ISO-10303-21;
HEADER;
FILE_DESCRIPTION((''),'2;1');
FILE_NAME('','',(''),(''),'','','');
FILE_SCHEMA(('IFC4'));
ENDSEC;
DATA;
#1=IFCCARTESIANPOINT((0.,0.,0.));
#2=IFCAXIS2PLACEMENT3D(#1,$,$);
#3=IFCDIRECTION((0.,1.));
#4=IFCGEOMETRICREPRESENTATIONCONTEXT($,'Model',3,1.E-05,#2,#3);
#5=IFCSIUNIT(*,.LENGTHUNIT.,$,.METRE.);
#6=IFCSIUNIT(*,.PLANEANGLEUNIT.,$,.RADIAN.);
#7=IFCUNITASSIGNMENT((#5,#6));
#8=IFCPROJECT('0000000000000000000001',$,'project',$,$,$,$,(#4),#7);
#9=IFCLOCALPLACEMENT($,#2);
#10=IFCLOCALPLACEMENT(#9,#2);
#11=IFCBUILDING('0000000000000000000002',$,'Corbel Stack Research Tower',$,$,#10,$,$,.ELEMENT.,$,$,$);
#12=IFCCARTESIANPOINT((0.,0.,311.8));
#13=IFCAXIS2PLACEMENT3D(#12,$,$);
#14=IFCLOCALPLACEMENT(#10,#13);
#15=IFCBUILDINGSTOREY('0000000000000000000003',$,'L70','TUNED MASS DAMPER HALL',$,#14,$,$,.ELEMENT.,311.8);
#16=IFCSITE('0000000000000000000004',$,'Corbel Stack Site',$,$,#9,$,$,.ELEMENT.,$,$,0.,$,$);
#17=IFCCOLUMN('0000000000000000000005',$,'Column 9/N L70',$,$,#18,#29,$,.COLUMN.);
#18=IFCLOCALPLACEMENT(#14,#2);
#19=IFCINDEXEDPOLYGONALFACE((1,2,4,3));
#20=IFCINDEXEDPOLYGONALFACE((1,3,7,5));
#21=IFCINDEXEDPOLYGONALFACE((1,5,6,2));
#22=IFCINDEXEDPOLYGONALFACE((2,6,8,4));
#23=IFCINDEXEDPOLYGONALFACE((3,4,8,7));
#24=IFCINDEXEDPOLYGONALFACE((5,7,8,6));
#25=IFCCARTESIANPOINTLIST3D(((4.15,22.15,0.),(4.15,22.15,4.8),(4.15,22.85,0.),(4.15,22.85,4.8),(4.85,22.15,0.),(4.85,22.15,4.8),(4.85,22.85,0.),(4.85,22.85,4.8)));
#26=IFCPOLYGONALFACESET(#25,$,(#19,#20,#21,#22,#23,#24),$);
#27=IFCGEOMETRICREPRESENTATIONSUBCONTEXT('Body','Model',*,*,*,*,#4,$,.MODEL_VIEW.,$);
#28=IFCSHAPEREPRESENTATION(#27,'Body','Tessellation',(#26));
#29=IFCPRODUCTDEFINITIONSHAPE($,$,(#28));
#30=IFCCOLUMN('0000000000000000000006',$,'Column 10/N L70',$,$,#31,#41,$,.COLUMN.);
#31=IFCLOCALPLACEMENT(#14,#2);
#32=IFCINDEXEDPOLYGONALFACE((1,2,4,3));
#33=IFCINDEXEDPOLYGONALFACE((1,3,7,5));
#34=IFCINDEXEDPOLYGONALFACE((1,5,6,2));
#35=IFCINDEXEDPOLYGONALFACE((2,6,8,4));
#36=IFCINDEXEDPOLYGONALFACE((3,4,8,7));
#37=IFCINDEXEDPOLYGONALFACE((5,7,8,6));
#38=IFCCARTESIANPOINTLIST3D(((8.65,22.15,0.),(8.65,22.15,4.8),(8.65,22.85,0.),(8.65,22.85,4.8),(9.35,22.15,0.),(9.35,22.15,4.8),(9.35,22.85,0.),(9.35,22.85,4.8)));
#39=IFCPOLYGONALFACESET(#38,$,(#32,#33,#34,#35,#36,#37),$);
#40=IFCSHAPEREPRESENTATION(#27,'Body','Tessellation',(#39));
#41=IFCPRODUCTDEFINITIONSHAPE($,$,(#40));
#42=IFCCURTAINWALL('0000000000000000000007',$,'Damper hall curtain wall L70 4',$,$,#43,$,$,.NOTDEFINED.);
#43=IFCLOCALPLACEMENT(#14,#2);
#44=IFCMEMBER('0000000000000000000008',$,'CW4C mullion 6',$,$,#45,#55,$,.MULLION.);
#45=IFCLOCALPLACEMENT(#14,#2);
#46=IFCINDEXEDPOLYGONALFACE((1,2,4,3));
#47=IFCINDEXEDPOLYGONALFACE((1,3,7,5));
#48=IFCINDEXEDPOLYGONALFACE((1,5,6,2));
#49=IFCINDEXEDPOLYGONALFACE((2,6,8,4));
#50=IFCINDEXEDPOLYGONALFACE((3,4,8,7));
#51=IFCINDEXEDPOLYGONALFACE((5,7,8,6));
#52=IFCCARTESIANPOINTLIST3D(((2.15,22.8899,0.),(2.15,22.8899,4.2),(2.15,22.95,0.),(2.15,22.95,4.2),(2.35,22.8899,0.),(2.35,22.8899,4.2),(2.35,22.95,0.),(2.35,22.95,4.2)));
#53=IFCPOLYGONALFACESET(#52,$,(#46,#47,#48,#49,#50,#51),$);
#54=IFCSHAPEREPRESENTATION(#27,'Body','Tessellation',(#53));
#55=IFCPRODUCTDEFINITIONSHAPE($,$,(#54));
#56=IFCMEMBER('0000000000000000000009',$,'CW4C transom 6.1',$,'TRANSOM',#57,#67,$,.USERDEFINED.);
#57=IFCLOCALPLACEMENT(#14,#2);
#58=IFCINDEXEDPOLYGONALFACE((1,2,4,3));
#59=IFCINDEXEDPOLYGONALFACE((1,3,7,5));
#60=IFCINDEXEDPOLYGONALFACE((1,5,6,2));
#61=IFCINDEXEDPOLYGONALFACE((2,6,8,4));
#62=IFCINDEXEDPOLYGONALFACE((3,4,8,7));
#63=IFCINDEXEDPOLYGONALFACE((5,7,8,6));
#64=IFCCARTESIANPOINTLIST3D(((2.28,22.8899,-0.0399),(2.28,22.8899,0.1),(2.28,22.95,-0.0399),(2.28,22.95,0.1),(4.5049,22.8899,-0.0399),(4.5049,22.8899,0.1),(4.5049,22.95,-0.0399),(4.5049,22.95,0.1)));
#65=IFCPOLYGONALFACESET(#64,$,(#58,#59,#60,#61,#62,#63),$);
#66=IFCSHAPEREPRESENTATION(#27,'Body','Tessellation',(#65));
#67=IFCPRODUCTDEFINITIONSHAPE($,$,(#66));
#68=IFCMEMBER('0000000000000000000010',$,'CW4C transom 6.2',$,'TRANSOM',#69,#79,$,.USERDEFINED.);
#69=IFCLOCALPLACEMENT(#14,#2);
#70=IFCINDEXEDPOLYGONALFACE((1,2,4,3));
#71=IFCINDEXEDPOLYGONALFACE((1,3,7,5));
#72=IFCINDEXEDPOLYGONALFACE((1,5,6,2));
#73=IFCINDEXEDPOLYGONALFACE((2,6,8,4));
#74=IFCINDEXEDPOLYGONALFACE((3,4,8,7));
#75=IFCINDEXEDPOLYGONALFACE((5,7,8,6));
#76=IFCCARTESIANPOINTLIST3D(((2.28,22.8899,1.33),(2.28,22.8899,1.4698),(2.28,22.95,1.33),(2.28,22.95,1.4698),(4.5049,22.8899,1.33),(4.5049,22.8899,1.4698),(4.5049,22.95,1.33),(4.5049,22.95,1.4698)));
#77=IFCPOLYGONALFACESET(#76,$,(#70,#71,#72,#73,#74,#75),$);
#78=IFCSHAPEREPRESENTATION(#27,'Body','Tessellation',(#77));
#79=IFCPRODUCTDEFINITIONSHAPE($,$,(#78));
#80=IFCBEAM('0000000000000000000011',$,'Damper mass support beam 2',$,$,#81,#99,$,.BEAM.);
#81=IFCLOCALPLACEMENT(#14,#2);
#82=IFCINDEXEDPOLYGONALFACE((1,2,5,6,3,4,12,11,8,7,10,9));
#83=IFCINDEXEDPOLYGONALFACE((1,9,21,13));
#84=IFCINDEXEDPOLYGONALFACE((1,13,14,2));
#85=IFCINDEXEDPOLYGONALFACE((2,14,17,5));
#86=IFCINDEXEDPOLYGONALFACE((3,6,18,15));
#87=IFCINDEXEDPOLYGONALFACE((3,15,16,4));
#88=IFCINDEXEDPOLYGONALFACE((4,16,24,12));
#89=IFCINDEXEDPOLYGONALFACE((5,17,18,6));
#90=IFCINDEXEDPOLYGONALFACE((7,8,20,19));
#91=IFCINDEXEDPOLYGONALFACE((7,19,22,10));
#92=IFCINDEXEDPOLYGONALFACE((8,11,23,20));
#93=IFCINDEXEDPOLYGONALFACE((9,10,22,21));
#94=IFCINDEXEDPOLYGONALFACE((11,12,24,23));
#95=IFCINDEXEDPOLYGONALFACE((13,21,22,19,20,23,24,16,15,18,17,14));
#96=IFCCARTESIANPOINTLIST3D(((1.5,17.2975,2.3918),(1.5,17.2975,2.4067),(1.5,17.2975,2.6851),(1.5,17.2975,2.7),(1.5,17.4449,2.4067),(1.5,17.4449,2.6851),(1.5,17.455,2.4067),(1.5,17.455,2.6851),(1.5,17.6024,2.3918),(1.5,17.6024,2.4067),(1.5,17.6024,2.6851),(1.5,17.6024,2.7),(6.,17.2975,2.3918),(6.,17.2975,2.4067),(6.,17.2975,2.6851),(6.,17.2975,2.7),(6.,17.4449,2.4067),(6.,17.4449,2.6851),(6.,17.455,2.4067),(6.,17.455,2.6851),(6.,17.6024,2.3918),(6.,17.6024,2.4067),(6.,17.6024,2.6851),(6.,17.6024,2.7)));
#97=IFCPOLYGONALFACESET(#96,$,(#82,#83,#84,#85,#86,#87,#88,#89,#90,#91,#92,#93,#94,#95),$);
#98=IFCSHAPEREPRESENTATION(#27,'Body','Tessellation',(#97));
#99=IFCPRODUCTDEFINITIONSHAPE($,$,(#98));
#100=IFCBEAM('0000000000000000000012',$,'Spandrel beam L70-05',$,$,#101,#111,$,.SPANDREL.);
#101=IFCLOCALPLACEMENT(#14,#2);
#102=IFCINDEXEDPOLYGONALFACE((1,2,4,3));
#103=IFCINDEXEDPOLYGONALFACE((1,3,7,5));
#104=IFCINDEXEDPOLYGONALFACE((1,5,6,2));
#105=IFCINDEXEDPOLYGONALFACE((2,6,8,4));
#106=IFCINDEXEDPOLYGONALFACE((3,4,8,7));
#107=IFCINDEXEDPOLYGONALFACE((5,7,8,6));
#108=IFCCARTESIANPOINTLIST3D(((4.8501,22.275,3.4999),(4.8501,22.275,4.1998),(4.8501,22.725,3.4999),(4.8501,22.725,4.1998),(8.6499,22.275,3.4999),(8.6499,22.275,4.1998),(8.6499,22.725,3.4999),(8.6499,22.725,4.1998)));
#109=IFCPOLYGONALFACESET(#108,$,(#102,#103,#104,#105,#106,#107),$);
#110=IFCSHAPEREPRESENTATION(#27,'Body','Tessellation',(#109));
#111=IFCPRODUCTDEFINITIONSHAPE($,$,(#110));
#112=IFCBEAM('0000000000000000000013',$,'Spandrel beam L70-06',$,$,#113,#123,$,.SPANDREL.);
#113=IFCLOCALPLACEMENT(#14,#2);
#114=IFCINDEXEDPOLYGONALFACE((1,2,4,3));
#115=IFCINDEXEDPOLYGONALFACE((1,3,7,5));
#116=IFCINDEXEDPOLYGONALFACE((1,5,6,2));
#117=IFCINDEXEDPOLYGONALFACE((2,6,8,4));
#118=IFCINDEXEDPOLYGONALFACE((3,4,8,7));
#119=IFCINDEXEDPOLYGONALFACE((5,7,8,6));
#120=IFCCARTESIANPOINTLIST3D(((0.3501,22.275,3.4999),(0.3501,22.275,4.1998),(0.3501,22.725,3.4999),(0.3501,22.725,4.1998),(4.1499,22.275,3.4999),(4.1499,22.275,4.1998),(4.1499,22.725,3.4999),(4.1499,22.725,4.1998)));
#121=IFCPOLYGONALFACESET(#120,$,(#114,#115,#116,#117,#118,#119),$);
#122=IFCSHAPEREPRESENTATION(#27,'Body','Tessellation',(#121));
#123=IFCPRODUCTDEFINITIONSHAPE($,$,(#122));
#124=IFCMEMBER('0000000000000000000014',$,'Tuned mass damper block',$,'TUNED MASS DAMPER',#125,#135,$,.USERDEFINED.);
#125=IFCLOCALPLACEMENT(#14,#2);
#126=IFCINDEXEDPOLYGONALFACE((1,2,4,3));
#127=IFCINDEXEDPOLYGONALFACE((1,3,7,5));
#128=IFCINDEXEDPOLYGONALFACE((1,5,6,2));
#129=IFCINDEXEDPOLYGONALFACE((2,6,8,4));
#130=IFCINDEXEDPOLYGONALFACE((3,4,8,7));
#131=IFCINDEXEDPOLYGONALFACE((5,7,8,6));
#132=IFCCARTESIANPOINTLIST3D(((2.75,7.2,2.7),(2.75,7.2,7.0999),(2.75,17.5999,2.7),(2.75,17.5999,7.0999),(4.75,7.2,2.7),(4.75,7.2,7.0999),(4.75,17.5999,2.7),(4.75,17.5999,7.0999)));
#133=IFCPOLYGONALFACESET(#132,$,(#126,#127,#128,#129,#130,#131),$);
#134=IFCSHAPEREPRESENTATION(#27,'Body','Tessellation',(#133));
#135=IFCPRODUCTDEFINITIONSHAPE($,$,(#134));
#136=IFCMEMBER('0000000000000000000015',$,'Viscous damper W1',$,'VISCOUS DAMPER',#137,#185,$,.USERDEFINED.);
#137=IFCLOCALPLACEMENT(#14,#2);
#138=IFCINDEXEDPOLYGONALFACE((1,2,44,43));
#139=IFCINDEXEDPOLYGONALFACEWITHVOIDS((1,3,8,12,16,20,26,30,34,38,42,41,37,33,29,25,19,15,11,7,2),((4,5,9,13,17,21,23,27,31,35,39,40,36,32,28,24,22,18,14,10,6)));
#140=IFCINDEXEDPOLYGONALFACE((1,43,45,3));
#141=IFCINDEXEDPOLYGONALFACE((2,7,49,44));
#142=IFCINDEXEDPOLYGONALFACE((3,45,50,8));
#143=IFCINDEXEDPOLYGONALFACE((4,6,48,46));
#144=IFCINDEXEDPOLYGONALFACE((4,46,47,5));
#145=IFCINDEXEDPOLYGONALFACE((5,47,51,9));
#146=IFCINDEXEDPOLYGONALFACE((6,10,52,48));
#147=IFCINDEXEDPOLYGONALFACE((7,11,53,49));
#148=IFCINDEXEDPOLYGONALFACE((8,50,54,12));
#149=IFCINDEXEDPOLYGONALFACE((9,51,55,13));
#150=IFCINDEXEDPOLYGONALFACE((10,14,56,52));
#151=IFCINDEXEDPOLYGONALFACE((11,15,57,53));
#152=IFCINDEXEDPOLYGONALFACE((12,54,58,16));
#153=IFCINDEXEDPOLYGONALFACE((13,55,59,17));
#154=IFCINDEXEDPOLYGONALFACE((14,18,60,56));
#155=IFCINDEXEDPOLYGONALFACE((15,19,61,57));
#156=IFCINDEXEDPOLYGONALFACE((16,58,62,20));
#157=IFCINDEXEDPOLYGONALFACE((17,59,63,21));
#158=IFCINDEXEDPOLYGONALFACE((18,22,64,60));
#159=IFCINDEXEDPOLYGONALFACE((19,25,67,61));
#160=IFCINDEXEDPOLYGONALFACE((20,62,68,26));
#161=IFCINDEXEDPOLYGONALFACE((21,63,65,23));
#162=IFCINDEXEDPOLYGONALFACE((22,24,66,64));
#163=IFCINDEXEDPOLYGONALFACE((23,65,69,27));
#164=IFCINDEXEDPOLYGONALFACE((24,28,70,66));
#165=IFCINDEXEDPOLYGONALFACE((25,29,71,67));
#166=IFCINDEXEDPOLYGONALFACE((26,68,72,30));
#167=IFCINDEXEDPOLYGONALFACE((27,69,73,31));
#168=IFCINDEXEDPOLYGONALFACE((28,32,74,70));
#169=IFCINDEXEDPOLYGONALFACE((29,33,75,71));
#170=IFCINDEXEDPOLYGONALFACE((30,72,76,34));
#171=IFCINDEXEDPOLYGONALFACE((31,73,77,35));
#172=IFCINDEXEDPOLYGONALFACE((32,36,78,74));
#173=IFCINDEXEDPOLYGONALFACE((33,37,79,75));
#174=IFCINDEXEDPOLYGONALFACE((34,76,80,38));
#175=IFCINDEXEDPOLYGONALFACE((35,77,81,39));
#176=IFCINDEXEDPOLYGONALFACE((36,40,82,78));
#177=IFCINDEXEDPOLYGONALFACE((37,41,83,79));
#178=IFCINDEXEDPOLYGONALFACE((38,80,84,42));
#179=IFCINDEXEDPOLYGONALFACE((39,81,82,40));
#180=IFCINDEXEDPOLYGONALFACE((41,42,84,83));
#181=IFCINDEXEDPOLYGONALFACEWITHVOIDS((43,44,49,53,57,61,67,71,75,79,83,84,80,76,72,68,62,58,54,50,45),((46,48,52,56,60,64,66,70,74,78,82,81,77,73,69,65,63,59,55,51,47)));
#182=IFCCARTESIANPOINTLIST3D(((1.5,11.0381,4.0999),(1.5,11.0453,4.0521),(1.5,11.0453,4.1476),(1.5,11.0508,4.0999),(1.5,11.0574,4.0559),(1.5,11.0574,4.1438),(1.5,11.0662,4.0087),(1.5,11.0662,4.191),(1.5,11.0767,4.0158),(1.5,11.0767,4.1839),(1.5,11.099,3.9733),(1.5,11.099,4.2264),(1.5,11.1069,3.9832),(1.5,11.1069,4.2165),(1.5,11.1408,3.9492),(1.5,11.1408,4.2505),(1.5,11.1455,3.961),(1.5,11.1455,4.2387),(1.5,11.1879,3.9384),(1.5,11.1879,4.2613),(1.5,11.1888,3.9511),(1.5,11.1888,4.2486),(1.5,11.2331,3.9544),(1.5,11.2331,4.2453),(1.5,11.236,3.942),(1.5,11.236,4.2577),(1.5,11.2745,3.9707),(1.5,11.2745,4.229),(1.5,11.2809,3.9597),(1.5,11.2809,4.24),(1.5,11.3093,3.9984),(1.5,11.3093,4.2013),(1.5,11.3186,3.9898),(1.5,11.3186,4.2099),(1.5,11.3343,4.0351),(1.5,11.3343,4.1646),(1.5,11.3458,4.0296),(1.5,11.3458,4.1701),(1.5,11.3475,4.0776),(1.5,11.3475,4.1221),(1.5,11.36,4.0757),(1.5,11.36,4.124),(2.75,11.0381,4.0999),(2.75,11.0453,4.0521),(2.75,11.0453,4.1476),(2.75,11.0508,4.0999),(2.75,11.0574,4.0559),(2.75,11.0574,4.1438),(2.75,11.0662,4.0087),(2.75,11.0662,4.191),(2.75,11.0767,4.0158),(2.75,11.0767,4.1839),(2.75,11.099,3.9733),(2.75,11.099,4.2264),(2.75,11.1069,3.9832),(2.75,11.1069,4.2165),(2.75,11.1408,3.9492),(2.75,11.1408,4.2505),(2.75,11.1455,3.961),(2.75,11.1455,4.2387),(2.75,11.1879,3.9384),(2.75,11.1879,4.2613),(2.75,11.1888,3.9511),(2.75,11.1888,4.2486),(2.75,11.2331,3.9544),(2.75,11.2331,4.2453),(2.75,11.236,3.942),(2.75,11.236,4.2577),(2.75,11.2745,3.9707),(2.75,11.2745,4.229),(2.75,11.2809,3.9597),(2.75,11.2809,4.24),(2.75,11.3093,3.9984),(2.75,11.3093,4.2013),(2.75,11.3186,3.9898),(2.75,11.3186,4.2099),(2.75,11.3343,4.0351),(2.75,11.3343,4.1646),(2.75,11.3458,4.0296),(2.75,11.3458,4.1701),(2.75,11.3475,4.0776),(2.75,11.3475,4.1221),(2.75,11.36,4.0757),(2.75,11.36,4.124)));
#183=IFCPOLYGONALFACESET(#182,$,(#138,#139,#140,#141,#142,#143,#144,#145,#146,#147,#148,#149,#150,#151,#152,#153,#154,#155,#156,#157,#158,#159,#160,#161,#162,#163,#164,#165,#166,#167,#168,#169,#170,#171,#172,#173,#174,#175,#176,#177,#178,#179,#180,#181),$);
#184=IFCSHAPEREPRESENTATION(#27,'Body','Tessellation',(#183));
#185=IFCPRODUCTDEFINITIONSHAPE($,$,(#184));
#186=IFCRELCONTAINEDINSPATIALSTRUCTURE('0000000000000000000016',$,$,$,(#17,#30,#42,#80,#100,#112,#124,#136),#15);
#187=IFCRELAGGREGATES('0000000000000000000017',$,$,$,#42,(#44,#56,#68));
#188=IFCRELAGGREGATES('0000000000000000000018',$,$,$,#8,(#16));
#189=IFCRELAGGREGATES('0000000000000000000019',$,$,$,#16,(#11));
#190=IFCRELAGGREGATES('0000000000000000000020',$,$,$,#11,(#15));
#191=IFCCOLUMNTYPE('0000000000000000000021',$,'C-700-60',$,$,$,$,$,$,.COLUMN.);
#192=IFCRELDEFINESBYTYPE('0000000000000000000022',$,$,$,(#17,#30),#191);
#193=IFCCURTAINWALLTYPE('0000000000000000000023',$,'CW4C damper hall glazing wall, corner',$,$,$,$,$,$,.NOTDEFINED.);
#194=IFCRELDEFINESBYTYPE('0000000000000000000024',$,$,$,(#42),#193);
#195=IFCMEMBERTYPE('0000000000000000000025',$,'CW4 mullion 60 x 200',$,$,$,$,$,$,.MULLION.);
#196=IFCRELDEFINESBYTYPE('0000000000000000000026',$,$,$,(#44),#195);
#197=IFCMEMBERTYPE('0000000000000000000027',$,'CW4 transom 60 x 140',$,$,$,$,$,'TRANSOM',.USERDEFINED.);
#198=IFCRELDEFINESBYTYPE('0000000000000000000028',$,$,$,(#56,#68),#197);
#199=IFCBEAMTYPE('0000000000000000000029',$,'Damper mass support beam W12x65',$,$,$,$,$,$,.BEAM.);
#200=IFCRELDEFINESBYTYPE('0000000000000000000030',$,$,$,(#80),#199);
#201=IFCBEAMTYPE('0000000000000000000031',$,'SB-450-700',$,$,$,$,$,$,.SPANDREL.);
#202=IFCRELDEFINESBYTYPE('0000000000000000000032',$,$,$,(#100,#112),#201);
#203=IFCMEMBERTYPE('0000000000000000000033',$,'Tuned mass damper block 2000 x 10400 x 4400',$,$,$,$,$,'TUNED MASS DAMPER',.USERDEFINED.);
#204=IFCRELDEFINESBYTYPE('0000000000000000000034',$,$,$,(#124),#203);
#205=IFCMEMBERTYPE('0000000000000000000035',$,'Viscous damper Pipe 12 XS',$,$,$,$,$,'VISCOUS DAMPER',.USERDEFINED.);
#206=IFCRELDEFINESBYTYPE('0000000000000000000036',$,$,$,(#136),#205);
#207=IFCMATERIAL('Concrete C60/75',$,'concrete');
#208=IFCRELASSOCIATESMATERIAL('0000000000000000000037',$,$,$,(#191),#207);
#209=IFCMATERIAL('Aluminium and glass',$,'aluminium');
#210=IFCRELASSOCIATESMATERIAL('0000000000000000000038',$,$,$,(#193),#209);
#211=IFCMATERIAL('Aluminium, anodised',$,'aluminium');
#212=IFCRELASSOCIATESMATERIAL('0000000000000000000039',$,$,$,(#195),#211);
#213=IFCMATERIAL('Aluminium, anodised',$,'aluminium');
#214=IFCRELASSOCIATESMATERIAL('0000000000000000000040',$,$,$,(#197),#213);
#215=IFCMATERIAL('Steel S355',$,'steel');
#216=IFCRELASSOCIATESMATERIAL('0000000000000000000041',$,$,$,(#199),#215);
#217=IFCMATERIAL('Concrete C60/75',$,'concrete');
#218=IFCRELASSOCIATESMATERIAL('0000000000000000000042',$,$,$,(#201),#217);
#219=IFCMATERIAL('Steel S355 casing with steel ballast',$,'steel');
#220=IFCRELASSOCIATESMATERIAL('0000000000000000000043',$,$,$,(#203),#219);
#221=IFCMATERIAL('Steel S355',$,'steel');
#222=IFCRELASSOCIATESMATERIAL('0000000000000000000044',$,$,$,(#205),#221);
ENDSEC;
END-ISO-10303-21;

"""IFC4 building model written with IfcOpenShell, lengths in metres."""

from ifc_helpers import new_model, si_unit, direction, frame, origin, origin_2d, place, context, subcontext, project, spatial, rectangle, hollow_circle, i_section, extrude, material, material_profile, profile_set, type_object, element, aggregate, save


model = new_model("IFC4")

# Units and contexts
model_context = context("Model", 3, precision=1e-05, world=origin(), true_north=direction((0.0, 1.0)))
body_context = subcontext(model_context, "Body", "Model", "MODEL_VIEW")
ifc_project = project(units=[si_unit("LENGTHUNIT", "METRE"), si_unit("PLANEANGLEUNIT", "RADIAN")], contexts=[model_context])

# Site, building, storey
site_placement = place(None, origin())
site = spatial("IfcSite", under=ifc_project, at=site_placement, Name="Corbel Stack Site", CompositionType="ELEMENT", RefElevation=0.0)
building_placement = place(site_placement, origin())
building = spatial("IfcBuilding", under=site, at=building_placement, Name="Corbel Stack Research Tower", CompositionType="ELEMENT")
storey_placement = place(building_placement, frame((0.0, 0.0, 311.8)))
storey = spatial("IfcBuildingStorey", under=building, at=storey_placement, Name="L70", Description="TUNED MASS DAMPER HALL", CompositionType="ELEMENT", Elevation=311.8)

# Columns
ifc_material_1 = material(Name="Concrete C60/75", Category="concrete")
ifc_material_profile_1 = material_profile(ifc_material_1, rectangle(XDim=0.7, YDim=0.7, at=origin_2d()), Name="RC 700 x 700")
ifc_profile_set_1 = profile_set([ifc_material_profile_1], Name="Concrete C60/75")
column_type = type_object("IfcColumnType", Name="C-700-60", PredefinedType="COLUMN", material=ifc_profile_set_1)
for number, where, z_axis, x_axis, name in (
    (1, (4.5, 22.5, 0.0), (0.0, 0.0, 1.0), (1.0, 0.0, 0.0), "Column 9/N L70"),
    (2, (9.0, 22.5, 0.0), (0.0, 0.0, 1.0), (1.0, 0.0, 0.0), "Column 10/N L70"),
):
    element("IfcColumn", number, at=place(storey_placement, frame(where, z_axis=z_axis, x_axis=x_axis)), inside=storey, type_object=column_type, Name=name, PredefinedType="COLUMN", context=body_context, shape_type="SweptSolid", body=[
        extrude(rectangle(XDim=0.7, YDim=0.7, at=origin_2d()), origin(), (0.0, 0.0, 1.0), 4.8),
    ])

# Curtain wall, members
ifc_material_2 = material(Name="Aluminium and glass", Category="aluminium")
curtain_wall_type = type_object("IfcCurtainWallType", Name="CW4C damper hall glazing wall, corner", PredefinedType="NOTDEFINED", material=ifc_material_2)
curtain_wall_placement = place(storey_placement, origin())
curtain_wall = element("IfcCurtainWall", 3, at=curtain_wall_placement, inside=storey, type_object=curtain_wall_type, Name="Damper hall curtain wall L70 4", PredefinedType="NOTDEFINED")
ifc_material_3 = material(Name="Aluminium, anodised", Category="aluminium")
ifc_material_profile_2 = material_profile(ifc_material_3, rectangle(XDim=0.0601, YDim=0.2, at=origin_2d()), Name="CW4 mullion 60 x 200")
ifc_profile_set_2 = profile_set([ifc_material_profile_2], Name="Aluminium, anodised")
member_type_1 = type_object("IfcMemberType", Name="CW4 mullion 60 x 200", PredefinedType="MULLION", material=ifc_profile_set_2)
member_1_placement = place(storey_placement, frame((2.25, 22.9199, 0.0), z_axis=(0.0, 0.0, 1.0), x_axis=(0.0, 1.0, 0.0)))
member_1 = element("IfcMember", 4, at=member_1_placement, type_object=member_type_1, Name="CW4C mullion 6", PredefinedType="MULLION", context=body_context, shape_type="SweptSolid", body=[
    extrude(rectangle(XDim=0.0601, YDim=0.2, at=origin_2d()), origin(), (0.0, 0.0, 1.0), 4.2),
])
ifc_material_4 = material(Name="Aluminium, anodised", Category="aluminium")
ifc_material_profile_3 = material_profile(ifc_material_4, rectangle(XDim=0.0601, YDim=0.1399, at=origin_2d()), Name="CW4 transom 60 x 140")
ifc_profile_set_3 = profile_set([ifc_material_profile_3], Name="Aluminium, anodised")
member_type_2 = type_object("IfcMemberType", Name="CW4 transom 60 x 140", ElementType="TRANSOM", PredefinedType="USERDEFINED", material=ifc_profile_set_3)
member_2_placement = place(storey_placement, frame((2.28, 22.9199, 0.03), z_axis=(1.0, 0.0, 0.0), x_axis=(0.0, 1.0, 0.0)))
member_2 = element("IfcMember", 5, at=member_2_placement, type_object=member_type_2, Name="CW4C transom 6.1", ObjectType="TRANSOM", PredefinedType="USERDEFINED", context=body_context, shape_type="SweptSolid", body=[
    extrude(rectangle(XDim=0.0601, YDim=0.1399, at=origin_2d()), origin(), (0.0, 0.0, 1.0), 2.2249),
])
member_3_placement = place(storey_placement, frame((2.28, 22.9199, 1.3999), z_axis=(1.0, 0.0, 0.0), x_axis=(0.0, 1.0, 0.0)))
member_3 = element("IfcMember", 6, at=member_3_placement, type_object=member_type_2, Name="CW4C transom 6.2", ObjectType="TRANSOM", PredefinedType="USERDEFINED", context=body_context, shape_type="SweptSolid", body=[
    extrude(rectangle(XDim=0.0601, YDim=0.1399, at=origin_2d()), origin(), (0.0, 0.0, 1.0), 2.2249),
])
aggregate(curtain_wall, [member_1, member_2, member_3])

# Beams
ifc_material_5 = material(Name="Steel S355", Category="steel")
ifc_material_profile_4 = material_profile(ifc_material_5, i_section(OverallWidth=0.3049, OverallDepth=0.3081, WebThickness=0.01, FlangeThickness=0.0149, at=origin_2d()), Name="W12x65")
ifc_profile_set_4 = profile_set([ifc_material_profile_4], Name="Steel S355")
beam_type_1 = type_object("IfcBeamType", Name="Damper mass support beam W12x65", PredefinedType="BEAM", material=ifc_profile_set_4)
beam_placement = place(storey_placement, frame((1.5, 17.45, 2.5459), z_axis=(1.0, 0.0, 0.0), x_axis=(0.0, 1.0, 0.0)))
element("IfcBeam", 7, at=beam_placement, inside=storey, type_object=beam_type_1, Name="Damper mass support beam 2", PredefinedType="BEAM", context=body_context, shape_type="SweptSolid", body=[
    extrude(i_section(OverallWidth=0.3049, OverallDepth=0.3081, WebThickness=0.01, FlangeThickness=0.0149, at=origin_2d()), origin(), (0.0, 0.0, 1.0), 4.5),
])
ifc_material_6 = material(Name="Concrete C60/75", Category="concrete")
ifc_material_profile_5 = material_profile(ifc_material_6, rectangle(XDim=0.45, YDim=0.7, at=origin_2d()), Name="RC 450 x 700")
ifc_profile_set_5 = profile_set([ifc_material_profile_5], Name="Concrete C60/75")
beam_type_2 = type_object("IfcBeamType", Name="SB-450-700", PredefinedType="SPANDREL", material=ifc_profile_set_5)
for number, where, z_axis, x_axis, name in (
    (8, (8.6499, 22.5, 3.8499), (-1.0, 0.0, 0.0), (0.0, -1.0, 0.0), "Spandrel beam L70-05"),
    (9, (4.1499, 22.5, 3.8499), (-1.0, 0.0, 0.0), (0.0, -1.0, 0.0), "Spandrel beam L70-06"),
):
    element("IfcBeam", number, at=place(storey_placement, frame(where, z_axis=z_axis, x_axis=x_axis)), inside=storey, type_object=beam_type_2, Name=name, PredefinedType="SPANDREL", context=body_context, shape_type="SweptSolid", body=[
        extrude(rectangle(XDim=0.45, YDim=0.7, at=origin_2d()), origin(), (0.0, 0.0, 1.0), 3.7998),
    ])

# Members
ifc_material_7 = material(Name="Steel S355 casing with steel ballast", Category="steel")
member_type_3 = type_object("IfcMemberType", Name="Tuned mass damper block 2000 x 10400 x 4400", ElementType="TUNED MASS DAMPER", PredefinedType="USERDEFINED", material=ifc_material_7)
member_4_placement = place(storey_placement, frame((3.75, 12.3999, 2.7), z_axis=(0.0, 0.0, 1.0), x_axis=(1.0, 0.0, 0.0)))
element("IfcMember", 10, at=member_4_placement, inside=storey, type_object=member_type_3, Name="Tuned mass damper block", ObjectType="TUNED MASS DAMPER", PredefinedType="USERDEFINED", context=body_context, shape_type="SweptSolid", body=[
    extrude(rectangle(XDim=2.0, YDim=10.3999, at=origin_2d()), origin(), (0.0, 0.0, 1.0), 4.3999),
])
ifc_material_8 = material(Name="Steel S355", Category="steel")
ifc_material_profile_6 = material_profile(ifc_material_8, hollow_circle(Radius=0.1619, WallThickness=0.0127, at=origin_2d()), Name="Pipe 12 XS")
ifc_profile_set_6 = profile_set([ifc_material_profile_6], Name="Steel S355")
member_type_4 = type_object("IfcMemberType", Name="Viscous damper Pipe 12 XS", ElementType="VISCOUS DAMPER", PredefinedType="USERDEFINED", material=ifc_profile_set_6)
for number, where, z_axis, x_axis, name in (
    (11, (2.75, 11.2, 4.0999), (-1.0, 0.0, 0.0), (0.0, -1.0, 0.0), "Viscous damper W1"),
):
    element("IfcMember", number, at=place(storey_placement, frame(where, z_axis=z_axis, x_axis=x_axis)), inside=storey, type_object=member_type_4, Name=name, ObjectType="VISCOUS DAMPER", PredefinedType="USERDEFINED", context=body_context, shape_type="SweptSolid", body=[
        extrude(hollow_circle(Radius=0.1619, WallThickness=0.0127, at=origin_2d()), origin(), (0.0, 0.0, 1.0), 1.25),
    ])

save(model, "model.ifc")
